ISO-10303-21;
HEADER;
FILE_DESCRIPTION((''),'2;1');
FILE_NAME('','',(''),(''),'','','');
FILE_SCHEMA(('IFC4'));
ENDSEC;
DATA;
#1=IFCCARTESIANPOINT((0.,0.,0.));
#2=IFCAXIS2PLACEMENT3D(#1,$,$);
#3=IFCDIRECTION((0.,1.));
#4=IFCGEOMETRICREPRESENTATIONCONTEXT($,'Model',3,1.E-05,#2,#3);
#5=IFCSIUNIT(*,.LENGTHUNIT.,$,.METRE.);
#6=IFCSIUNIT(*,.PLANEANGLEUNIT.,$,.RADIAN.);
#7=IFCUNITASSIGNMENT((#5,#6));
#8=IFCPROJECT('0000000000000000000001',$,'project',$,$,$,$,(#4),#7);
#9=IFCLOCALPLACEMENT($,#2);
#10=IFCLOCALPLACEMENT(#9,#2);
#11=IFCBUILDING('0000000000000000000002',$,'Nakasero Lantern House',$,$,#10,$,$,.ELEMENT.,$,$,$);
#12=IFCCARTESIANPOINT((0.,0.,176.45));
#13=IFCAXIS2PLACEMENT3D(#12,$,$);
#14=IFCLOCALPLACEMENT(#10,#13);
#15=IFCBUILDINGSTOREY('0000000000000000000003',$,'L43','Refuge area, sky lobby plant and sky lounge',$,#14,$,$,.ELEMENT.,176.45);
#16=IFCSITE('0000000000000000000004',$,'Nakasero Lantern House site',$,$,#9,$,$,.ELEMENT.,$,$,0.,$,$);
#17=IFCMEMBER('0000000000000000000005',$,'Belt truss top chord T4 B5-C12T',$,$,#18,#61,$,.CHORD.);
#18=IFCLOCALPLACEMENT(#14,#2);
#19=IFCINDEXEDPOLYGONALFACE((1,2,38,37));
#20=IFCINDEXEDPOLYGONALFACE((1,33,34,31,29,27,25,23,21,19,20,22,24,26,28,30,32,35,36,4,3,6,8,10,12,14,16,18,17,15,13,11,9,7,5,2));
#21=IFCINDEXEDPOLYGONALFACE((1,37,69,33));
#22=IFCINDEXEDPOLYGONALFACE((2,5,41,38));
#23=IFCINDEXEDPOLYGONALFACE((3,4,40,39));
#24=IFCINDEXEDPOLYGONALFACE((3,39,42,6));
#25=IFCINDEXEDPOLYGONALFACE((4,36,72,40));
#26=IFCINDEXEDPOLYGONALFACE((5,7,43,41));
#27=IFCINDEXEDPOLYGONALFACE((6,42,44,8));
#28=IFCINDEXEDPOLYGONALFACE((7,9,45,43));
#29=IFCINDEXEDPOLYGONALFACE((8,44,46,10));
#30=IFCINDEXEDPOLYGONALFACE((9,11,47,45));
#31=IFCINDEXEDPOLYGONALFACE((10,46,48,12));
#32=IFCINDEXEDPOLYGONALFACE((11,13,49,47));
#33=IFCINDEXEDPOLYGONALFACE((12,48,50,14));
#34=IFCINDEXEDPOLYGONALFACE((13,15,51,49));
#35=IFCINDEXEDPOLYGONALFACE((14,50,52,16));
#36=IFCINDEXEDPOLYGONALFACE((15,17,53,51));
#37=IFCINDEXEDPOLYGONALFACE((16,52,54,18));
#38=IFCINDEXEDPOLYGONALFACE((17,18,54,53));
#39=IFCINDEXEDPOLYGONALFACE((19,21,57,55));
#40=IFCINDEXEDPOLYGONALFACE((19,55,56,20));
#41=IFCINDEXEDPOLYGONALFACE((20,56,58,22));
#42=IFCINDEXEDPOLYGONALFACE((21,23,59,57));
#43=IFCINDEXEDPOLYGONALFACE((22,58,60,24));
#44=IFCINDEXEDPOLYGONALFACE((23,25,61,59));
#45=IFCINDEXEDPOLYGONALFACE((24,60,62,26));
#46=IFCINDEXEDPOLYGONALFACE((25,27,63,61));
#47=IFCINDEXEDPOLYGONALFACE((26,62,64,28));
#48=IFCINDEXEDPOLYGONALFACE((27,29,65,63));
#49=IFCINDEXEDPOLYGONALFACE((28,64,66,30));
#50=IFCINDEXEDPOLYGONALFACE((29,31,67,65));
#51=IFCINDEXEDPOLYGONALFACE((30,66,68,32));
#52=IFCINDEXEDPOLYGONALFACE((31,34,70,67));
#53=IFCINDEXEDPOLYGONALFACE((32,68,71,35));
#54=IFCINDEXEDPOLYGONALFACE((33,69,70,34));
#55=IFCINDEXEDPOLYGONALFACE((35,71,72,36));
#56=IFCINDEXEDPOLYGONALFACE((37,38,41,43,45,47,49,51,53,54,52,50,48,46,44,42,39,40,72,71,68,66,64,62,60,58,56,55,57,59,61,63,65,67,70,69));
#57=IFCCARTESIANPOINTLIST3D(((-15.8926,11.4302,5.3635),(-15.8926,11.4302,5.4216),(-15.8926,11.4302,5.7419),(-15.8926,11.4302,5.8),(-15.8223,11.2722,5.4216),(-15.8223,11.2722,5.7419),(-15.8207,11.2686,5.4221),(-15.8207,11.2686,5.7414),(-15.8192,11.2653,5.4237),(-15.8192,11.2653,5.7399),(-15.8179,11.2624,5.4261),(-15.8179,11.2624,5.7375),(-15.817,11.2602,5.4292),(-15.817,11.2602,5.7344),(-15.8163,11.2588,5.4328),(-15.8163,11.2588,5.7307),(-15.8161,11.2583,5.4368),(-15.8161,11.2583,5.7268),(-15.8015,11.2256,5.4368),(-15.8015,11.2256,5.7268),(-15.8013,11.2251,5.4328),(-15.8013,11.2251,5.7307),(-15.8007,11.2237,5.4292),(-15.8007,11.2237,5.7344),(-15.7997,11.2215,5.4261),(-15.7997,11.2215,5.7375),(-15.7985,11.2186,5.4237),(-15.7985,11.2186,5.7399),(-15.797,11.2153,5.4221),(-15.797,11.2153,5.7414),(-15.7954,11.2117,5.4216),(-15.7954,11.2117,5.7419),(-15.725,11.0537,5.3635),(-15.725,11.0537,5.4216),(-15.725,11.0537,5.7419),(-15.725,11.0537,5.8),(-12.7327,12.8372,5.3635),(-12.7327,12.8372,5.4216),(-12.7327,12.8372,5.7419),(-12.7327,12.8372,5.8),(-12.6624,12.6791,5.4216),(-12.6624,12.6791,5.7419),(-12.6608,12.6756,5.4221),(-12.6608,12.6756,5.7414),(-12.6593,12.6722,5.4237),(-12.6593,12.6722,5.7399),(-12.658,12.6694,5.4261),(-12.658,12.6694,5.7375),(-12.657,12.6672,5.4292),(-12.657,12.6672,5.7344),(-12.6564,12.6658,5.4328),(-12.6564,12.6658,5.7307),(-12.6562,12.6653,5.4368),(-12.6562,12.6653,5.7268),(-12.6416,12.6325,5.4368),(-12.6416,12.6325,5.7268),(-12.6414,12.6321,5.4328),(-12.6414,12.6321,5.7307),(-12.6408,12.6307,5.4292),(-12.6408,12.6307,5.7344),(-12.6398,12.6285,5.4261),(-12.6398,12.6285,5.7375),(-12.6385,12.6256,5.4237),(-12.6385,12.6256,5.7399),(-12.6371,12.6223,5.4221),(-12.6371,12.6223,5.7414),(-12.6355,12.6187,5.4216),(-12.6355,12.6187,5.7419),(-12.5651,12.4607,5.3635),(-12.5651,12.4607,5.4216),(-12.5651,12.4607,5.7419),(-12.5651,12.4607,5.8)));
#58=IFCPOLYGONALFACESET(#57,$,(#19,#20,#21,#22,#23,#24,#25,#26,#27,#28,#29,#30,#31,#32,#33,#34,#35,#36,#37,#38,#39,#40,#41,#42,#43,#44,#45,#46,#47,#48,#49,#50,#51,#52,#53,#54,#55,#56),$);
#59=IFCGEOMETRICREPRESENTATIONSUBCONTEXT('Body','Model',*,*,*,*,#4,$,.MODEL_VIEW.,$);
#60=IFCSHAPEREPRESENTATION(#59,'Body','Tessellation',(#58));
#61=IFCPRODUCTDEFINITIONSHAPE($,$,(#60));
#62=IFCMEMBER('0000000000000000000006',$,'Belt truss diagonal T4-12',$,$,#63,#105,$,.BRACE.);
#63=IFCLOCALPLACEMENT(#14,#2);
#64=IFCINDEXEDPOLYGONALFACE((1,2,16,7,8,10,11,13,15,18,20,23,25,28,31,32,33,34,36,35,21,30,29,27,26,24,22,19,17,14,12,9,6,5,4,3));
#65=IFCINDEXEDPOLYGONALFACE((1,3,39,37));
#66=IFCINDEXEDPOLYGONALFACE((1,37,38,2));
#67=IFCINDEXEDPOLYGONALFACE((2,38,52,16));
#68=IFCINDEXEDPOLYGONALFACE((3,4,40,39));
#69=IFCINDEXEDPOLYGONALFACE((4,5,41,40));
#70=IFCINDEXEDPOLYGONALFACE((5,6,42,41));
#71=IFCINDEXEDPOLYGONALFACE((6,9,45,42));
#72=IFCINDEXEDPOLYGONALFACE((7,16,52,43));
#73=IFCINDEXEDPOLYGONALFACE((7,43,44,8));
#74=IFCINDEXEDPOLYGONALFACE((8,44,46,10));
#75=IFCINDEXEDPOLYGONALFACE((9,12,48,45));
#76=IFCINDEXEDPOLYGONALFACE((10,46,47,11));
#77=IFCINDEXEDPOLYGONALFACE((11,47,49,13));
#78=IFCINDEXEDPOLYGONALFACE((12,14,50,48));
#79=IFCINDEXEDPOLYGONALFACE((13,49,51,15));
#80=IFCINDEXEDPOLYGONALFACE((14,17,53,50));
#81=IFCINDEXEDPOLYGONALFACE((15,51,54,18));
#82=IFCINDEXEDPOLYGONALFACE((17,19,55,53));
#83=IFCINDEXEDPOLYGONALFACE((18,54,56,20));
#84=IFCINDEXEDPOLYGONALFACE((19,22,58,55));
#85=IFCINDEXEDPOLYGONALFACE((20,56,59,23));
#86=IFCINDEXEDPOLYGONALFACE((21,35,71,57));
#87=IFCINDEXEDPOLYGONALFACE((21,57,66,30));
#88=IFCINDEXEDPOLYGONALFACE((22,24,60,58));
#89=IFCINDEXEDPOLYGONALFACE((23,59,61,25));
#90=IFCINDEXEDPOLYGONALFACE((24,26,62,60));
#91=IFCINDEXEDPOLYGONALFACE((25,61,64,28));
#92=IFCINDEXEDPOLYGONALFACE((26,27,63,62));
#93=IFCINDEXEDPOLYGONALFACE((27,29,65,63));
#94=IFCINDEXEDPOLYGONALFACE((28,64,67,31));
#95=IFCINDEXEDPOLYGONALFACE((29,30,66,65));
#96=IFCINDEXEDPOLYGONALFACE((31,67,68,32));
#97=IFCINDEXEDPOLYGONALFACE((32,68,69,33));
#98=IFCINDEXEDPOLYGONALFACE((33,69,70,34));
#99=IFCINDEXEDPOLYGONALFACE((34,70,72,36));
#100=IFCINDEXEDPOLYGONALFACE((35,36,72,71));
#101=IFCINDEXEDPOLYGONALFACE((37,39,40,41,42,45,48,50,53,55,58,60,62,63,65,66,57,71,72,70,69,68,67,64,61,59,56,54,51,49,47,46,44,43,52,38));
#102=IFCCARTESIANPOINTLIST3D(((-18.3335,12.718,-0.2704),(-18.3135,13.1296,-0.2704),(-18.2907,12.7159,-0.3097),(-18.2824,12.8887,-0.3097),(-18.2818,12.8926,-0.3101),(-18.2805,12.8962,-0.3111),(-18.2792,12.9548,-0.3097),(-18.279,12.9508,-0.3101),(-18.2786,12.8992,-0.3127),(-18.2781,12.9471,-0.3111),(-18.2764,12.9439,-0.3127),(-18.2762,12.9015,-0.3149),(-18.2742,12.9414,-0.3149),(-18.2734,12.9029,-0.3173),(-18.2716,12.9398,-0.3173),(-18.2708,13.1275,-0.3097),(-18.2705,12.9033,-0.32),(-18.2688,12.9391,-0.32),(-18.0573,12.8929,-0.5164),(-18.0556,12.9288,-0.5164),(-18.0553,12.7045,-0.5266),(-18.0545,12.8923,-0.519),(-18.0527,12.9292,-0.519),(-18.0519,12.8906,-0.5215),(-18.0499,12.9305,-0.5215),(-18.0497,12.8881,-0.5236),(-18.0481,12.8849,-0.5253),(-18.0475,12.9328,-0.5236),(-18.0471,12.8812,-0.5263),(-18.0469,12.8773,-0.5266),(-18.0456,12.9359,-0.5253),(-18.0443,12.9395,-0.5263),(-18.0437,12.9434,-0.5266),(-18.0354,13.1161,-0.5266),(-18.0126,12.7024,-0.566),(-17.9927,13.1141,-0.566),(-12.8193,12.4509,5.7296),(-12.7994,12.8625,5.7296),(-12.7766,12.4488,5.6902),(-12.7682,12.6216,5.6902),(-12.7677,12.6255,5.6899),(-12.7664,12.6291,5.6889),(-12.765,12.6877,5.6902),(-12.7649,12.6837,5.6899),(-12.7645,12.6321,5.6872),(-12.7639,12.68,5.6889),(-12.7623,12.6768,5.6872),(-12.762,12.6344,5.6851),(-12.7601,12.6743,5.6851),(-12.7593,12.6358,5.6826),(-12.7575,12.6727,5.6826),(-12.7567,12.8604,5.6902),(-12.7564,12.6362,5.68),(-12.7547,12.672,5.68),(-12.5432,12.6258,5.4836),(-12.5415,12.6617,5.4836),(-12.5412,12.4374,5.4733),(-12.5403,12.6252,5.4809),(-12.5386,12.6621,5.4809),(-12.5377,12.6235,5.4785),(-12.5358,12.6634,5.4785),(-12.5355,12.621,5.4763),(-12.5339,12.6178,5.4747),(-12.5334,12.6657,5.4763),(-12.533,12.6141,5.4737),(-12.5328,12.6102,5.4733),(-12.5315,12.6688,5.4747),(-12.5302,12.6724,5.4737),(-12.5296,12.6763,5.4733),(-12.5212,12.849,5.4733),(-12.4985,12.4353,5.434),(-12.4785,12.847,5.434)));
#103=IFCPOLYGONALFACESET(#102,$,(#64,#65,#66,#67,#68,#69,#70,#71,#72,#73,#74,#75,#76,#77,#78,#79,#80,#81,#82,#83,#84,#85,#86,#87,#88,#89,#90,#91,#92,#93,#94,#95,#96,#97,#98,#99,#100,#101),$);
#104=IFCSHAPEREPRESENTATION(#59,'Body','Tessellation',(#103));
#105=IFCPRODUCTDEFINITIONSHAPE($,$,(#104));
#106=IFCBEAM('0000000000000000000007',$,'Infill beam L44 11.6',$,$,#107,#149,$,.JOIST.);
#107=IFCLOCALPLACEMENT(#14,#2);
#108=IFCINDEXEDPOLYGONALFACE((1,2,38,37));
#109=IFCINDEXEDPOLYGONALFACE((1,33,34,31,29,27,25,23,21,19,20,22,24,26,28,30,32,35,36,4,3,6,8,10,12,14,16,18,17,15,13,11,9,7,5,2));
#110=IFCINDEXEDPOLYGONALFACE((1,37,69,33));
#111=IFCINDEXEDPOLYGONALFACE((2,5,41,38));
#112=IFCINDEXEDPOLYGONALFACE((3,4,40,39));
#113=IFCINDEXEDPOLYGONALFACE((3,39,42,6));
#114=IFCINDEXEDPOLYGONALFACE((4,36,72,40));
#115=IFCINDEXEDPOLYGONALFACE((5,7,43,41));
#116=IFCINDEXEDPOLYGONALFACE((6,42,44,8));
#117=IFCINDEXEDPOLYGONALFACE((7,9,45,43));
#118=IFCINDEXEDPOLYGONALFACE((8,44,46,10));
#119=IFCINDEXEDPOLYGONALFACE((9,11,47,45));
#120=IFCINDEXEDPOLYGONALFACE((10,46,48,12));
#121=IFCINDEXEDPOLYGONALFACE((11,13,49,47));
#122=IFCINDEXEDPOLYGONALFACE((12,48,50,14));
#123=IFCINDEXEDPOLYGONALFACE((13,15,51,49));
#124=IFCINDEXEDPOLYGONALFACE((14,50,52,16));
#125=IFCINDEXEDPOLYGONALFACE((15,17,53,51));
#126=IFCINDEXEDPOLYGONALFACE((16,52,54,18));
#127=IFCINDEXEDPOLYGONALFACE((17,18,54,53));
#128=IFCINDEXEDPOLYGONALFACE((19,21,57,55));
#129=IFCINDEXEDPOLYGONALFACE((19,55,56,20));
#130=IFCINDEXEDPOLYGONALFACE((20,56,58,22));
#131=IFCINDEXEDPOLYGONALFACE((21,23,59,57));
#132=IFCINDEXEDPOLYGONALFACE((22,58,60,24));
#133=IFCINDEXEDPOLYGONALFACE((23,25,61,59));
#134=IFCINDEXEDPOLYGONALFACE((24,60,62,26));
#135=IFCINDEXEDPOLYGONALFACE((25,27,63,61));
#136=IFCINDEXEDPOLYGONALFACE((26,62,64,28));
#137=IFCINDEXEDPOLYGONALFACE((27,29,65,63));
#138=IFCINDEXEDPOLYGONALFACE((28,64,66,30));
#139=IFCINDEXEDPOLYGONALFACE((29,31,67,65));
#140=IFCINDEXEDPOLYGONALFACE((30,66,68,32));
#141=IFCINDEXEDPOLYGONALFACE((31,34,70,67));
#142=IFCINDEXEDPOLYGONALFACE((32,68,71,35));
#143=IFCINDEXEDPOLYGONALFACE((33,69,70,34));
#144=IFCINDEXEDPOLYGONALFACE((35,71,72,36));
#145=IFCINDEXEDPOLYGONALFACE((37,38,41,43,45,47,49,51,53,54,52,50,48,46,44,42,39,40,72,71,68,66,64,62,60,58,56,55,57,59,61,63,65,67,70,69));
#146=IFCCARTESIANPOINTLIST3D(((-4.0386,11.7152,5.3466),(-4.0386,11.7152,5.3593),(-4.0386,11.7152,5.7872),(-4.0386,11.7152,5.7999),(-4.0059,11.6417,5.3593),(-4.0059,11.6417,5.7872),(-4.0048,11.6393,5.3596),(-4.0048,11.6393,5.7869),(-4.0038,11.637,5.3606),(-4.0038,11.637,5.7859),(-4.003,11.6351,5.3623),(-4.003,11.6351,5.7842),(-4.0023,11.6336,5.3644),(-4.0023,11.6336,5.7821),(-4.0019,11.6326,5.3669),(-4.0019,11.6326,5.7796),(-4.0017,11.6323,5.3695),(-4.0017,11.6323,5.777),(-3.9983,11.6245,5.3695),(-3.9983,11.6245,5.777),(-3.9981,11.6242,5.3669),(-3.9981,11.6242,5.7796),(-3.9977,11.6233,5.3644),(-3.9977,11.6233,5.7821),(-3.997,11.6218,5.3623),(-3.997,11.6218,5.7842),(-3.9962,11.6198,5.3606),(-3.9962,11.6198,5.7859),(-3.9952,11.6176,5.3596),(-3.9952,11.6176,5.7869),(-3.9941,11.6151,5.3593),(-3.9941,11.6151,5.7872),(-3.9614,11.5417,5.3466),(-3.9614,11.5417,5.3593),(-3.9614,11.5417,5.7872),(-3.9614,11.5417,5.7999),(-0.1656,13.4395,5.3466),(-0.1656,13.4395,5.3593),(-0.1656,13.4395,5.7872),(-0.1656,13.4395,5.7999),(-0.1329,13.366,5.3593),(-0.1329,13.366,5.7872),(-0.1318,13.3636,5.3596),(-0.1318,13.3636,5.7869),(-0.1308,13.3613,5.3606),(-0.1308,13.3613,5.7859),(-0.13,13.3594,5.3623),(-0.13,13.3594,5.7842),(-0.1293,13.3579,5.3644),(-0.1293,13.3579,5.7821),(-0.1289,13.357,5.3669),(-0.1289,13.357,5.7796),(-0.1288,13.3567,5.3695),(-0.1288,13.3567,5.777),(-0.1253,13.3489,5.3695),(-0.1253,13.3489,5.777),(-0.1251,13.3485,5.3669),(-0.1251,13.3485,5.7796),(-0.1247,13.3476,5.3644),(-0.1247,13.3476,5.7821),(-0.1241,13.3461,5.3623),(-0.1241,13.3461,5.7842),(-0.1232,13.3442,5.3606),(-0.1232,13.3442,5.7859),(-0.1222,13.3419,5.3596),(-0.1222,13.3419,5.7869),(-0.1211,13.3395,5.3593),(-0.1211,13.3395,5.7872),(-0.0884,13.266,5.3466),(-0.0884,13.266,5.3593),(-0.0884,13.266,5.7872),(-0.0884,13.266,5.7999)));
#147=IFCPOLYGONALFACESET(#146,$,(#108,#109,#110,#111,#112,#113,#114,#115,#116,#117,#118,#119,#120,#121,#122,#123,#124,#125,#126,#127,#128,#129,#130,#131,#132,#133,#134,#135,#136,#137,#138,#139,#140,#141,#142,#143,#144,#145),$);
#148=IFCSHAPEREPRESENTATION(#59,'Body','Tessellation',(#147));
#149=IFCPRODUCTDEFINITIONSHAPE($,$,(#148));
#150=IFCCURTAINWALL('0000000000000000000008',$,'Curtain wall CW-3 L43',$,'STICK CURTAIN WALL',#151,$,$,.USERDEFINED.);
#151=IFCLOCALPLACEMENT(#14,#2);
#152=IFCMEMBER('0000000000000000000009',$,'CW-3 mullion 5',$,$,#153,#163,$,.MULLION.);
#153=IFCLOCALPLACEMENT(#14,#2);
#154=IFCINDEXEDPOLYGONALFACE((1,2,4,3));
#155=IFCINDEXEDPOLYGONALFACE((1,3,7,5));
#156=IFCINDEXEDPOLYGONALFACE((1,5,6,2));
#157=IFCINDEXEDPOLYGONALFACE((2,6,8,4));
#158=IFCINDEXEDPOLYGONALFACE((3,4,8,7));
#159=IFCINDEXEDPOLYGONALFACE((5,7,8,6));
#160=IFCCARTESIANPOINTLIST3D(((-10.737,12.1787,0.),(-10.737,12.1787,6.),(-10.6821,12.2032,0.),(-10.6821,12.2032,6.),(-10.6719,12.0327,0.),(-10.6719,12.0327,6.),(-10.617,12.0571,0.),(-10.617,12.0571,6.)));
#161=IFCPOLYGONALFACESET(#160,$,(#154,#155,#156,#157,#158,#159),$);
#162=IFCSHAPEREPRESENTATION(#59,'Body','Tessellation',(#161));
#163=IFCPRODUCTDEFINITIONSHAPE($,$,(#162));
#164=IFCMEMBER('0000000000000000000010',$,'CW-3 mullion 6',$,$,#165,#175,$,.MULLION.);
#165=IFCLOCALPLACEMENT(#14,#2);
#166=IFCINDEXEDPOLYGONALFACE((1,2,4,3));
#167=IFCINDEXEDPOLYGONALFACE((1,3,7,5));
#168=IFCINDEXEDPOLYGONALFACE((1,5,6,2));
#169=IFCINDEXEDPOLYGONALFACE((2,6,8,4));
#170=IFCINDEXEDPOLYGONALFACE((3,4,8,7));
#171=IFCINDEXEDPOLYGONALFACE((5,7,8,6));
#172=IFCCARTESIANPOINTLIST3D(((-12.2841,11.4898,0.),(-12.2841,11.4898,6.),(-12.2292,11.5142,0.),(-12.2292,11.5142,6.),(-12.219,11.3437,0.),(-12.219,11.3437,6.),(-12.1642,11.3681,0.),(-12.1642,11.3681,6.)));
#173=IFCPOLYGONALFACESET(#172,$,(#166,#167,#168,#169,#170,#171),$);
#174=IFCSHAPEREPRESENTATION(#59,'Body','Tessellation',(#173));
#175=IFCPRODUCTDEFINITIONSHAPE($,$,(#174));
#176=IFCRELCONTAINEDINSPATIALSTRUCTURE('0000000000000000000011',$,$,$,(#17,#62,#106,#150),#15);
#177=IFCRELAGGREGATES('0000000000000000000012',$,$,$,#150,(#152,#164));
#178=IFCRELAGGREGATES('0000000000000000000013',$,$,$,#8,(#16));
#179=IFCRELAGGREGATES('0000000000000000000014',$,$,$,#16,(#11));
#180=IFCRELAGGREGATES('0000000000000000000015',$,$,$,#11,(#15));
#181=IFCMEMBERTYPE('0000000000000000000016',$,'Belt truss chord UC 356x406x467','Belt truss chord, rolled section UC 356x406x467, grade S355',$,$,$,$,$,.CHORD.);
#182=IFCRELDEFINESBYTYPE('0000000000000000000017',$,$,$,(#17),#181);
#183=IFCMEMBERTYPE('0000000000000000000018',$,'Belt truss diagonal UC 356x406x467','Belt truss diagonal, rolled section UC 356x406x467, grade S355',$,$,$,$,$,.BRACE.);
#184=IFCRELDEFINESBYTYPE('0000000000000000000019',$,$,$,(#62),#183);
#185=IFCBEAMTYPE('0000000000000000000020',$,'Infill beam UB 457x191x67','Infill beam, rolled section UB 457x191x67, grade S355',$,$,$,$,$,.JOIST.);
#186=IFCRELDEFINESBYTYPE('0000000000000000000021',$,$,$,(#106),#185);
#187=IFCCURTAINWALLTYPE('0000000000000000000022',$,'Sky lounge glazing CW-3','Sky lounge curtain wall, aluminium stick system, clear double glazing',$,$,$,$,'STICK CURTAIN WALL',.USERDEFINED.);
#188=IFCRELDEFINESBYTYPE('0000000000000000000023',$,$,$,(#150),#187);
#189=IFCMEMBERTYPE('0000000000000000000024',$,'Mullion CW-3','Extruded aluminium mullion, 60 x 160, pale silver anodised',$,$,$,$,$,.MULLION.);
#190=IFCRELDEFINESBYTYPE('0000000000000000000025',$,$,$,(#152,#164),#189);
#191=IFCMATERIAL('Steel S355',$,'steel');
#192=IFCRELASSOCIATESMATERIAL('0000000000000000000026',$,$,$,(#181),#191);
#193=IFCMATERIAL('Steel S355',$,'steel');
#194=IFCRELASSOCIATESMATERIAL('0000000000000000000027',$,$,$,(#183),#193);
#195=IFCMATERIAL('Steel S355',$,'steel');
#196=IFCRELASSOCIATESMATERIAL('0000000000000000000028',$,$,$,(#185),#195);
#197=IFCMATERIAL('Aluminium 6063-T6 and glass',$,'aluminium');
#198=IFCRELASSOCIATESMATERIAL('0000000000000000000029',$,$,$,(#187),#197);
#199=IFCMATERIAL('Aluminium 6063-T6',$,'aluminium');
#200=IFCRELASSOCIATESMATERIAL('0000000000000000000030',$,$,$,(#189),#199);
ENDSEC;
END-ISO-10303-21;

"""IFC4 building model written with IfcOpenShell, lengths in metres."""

from ifc_helpers import new_model, si_unit, direction, frame, origin, origin_2d, place, context, subcontext, project, spatial, rectangle, i_section, extrude, material, material_profile, profile_set, type_object, element, aggregate, save


model = new_model("IFC4")

# Units and contexts
model_context = context("Model", 3, precision=1e-05, world=origin(), true_north=direction((0.0, 1.0)))
body_context = subcontext(model_context, "Body", "Model", "MODEL_VIEW")
ifc_project = project(units=[si_unit("LENGTHUNIT", "METRE"), si_unit("PLANEANGLEUNIT", "RADIAN")], contexts=[model_context])

# Site, building, storey
site_placement = place(None, origin())
site = spatial("IfcSite", under=ifc_project, at=site_placement, Name="Nakasero Lantern House site", CompositionType="ELEMENT", RefElevation=0.0)
building_placement = place(site_placement, origin())
building = spatial("IfcBuilding", under=site, at=building_placement, Name="Nakasero Lantern House", CompositionType="ELEMENT")
storey_placement = place(building_placement, frame((0.0, 0.0, 176.45)))
storey = spatial("IfcBuildingStorey", under=building, at=storey_placement, Name="L43", Description="Refuge area, sky lobby plant and sky lounge", CompositionType="ELEMENT", Elevation=176.45)

# Members
ifc_material_1 = material(Name="Steel S355", Category="steel")
ifc_material_profile_1 = material_profile(ifc_material_1, i_section(OverallWidth=0.4121, OverallDepth=0.4365, WebThickness=0.0359, FlangeThickness=0.0581, FilletRadius=0.0151, at=origin_2d()), Name="UC 356x406x467")
ifc_profile_set_1 = profile_set([ifc_material_profile_1], Name="Steel S355")
member_type_1 = type_object("IfcMemberType", Name="Belt truss chord UC 356x406x467", Description="Belt truss chord, rolled section UC 356x406x467, grade S355", PredefinedType="CHORD", material=ifc_profile_set_1)
member_1_placement = place(storey_placement, frame((-12.6489, 12.6489, 5.5818), z_axis=(-0.913535, -0.406761, 0.0), x_axis=(0.406761, -0.913535, 0.0)))
element("IfcMember", 1, at=member_1_placement, inside=storey, type_object=member_type_1, Name="Belt truss top chord T4 B5-C12T", PredefinedType="CHORD", context=body_context, shape_type="SweptSolid", body=[
    extrude(i_section(OverallWidth=0.4121, OverallDepth=0.4365, WebThickness=0.0359, FlangeThickness=0.0581, FilletRadius=0.0151, at=origin_2d()), origin(), (0.0, 0.0, 1.0), 3.459),
])
ifc_material_2 = material(Name="Steel S355", Category="steel")
ifc_material_profile_2 = material_profile(ifc_material_2, i_section(OverallWidth=0.4121, OverallDepth=0.4365, WebThickness=0.0359, FlangeThickness=0.0581, FilletRadius=0.0151, at=origin_2d()), Name="UC 356x406x467")
ifc_profile_set_2 = profile_set([ifc_material_profile_2], Name="Steel S355")
member_type_2 = type_object("IfcMemberType", Name="Belt truss diagonal UC 356x406x467", Description="Belt truss diagonal, rolled section UC 356x406x467, grade S355", PredefinedType="BRACE", material=ifc_profile_set_2)
member_2_placement = place(storey_placement, frame((-12.6489, 12.6489, 5.5818), z_axis=(-0.676305, 0.032758, -0.735893), x_axis=(-0.04838, -0.998829, 0.0)))
element("IfcMember", 2, at=member_2_placement, inside=storey, type_object=member_type_2, Name="Belt truss diagonal T4-12", PredefinedType="BRACE", context=body_context, shape_type="SweptSolid", body=[
    extrude(i_section(OverallWidth=0.4121, OverallDepth=0.4365, WebThickness=0.0359, FlangeThickness=0.0581, FilletRadius=0.0151, at=origin_2d()), origin(), (0.0, 0.0, 1.0), 8.1533),
])

# Beam
ifc_material_3 = material(Name="Steel S355", Category="steel")
ifc_material_profile_3 = material_profile(ifc_material_3, i_section(OverallWidth=0.1899, OverallDepth=0.4534, WebThickness=0.0085, FlangeThickness=0.0127, FilletRadius=0.0103, at=origin_2d()), Name="UB 457x191x67")
ifc_profile_set_3 = profile_set([ifc_material_profile_3], Name="Steel S355")
beam_type_1 = type_object("IfcBeamType", Name="Infill beam UB 457x191x67", Description="Infill beam, rolled section UB 457x191x67, grade S355", PredefinedType="JOIST", material=ifc_profile_set_3)
beam_1_placement = place(storey_placement, frame((-4.0, 11.6284, 5.5732), z_axis=(0.913548, 0.406731, 0.0), x_axis=(-0.406731, 0.913548, 0.0)))
element("IfcBeam", 3, at=beam_1_placement, inside=storey, type_object=beam_type_1, Name="Infill beam L44 11.6", PredefinedType="JOIST", context=body_context, shape_type="SweptSolid", body=[
    extrude(i_section(OverallWidth=0.1899, OverallDepth=0.4534, WebThickness=0.0085, FlangeThickness=0.0127, FilletRadius=0.0103, at=origin_2d()), origin(), (0.0, 0.0, 1.0), 4.2395),
])

# Curtain wall, members
ifc_material_4 = material(Name="Aluminium 6063-T6 and glass", Category="aluminium")
curtain_wall_type = type_object("IfcCurtainWallType", Name="Sky lounge glazing CW-3", Description="Sky lounge curtain wall, aluminium stick system, clear double glazing", ElementType="STICK CURTAIN WALL", PredefinedType="USERDEFINED", material=ifc_material_4)
curtain_wall_placement = place(storey_placement, origin())
curtain_wall = element("IfcCurtainWall", 4, at=curtain_wall_placement, inside=storey, type_object=curtain_wall_type, Name="Curtain wall CW-3 L43", ObjectType="STICK CURTAIN WALL", PredefinedType="USERDEFINED")
ifc_material_5 = material(Name="Aluminium 6063-T6", Category="aluminium")
ifc_material_profile_4 = material_profile(ifc_material_5, rectangle(XDim=0.0601, YDim=0.1599, at=origin_2d()), Name="CW-3 mullion 60x160")
ifc_profile_set_4 = profile_set([ifc_material_profile_4], Name="Aluminium 6063-T6")
member_type_3 = type_object("IfcMemberType", Name="Mullion CW-3", Description="Extruded aluminium mullion, 60 x 160, pale silver anodised", PredefinedType="MULLION", material=ifc_profile_set_4)
member_3_placement = place(storey_placement, frame((-10.677, 12.1179, 0.0), z_axis=(0.0, 0.0, 1.0), x_axis=(-0.913545, -0.406737, 0.0)))
member_3 = element("IfcMember", 5, at=member_3_placement, type_object=member_type_3, Name="CW-3 mullion 5", PredefinedType="MULLION", context=body_context, shape_type="SweptSolid", body=[
    extrude(rectangle(XDim=0.0601, YDim=0.1599, at=origin_2d()), origin(), (0.0, 0.0, 1.0), 6.0),
])
member_4_placement = place(storey_placement, frame((-12.2241, 11.429, 0.0), z_axis=(0.0, 0.0, 1.0), x_axis=(-0.913545, -0.406737, 0.0)))
member_4 = element("IfcMember", 6, at=member_4_placement, type_object=member_type_3, Name="CW-3 mullion 6", PredefinedType="MULLION", context=body_context, shape_type="SweptSolid", body=[
    extrude(rectangle(XDim=0.0601, YDim=0.1599, at=origin_2d()), origin(), (0.0, 0.0, 1.0), 6.0),
])

aggregate(curtain_wall, [member_3, member_4])

save(model, "model.ifc")
